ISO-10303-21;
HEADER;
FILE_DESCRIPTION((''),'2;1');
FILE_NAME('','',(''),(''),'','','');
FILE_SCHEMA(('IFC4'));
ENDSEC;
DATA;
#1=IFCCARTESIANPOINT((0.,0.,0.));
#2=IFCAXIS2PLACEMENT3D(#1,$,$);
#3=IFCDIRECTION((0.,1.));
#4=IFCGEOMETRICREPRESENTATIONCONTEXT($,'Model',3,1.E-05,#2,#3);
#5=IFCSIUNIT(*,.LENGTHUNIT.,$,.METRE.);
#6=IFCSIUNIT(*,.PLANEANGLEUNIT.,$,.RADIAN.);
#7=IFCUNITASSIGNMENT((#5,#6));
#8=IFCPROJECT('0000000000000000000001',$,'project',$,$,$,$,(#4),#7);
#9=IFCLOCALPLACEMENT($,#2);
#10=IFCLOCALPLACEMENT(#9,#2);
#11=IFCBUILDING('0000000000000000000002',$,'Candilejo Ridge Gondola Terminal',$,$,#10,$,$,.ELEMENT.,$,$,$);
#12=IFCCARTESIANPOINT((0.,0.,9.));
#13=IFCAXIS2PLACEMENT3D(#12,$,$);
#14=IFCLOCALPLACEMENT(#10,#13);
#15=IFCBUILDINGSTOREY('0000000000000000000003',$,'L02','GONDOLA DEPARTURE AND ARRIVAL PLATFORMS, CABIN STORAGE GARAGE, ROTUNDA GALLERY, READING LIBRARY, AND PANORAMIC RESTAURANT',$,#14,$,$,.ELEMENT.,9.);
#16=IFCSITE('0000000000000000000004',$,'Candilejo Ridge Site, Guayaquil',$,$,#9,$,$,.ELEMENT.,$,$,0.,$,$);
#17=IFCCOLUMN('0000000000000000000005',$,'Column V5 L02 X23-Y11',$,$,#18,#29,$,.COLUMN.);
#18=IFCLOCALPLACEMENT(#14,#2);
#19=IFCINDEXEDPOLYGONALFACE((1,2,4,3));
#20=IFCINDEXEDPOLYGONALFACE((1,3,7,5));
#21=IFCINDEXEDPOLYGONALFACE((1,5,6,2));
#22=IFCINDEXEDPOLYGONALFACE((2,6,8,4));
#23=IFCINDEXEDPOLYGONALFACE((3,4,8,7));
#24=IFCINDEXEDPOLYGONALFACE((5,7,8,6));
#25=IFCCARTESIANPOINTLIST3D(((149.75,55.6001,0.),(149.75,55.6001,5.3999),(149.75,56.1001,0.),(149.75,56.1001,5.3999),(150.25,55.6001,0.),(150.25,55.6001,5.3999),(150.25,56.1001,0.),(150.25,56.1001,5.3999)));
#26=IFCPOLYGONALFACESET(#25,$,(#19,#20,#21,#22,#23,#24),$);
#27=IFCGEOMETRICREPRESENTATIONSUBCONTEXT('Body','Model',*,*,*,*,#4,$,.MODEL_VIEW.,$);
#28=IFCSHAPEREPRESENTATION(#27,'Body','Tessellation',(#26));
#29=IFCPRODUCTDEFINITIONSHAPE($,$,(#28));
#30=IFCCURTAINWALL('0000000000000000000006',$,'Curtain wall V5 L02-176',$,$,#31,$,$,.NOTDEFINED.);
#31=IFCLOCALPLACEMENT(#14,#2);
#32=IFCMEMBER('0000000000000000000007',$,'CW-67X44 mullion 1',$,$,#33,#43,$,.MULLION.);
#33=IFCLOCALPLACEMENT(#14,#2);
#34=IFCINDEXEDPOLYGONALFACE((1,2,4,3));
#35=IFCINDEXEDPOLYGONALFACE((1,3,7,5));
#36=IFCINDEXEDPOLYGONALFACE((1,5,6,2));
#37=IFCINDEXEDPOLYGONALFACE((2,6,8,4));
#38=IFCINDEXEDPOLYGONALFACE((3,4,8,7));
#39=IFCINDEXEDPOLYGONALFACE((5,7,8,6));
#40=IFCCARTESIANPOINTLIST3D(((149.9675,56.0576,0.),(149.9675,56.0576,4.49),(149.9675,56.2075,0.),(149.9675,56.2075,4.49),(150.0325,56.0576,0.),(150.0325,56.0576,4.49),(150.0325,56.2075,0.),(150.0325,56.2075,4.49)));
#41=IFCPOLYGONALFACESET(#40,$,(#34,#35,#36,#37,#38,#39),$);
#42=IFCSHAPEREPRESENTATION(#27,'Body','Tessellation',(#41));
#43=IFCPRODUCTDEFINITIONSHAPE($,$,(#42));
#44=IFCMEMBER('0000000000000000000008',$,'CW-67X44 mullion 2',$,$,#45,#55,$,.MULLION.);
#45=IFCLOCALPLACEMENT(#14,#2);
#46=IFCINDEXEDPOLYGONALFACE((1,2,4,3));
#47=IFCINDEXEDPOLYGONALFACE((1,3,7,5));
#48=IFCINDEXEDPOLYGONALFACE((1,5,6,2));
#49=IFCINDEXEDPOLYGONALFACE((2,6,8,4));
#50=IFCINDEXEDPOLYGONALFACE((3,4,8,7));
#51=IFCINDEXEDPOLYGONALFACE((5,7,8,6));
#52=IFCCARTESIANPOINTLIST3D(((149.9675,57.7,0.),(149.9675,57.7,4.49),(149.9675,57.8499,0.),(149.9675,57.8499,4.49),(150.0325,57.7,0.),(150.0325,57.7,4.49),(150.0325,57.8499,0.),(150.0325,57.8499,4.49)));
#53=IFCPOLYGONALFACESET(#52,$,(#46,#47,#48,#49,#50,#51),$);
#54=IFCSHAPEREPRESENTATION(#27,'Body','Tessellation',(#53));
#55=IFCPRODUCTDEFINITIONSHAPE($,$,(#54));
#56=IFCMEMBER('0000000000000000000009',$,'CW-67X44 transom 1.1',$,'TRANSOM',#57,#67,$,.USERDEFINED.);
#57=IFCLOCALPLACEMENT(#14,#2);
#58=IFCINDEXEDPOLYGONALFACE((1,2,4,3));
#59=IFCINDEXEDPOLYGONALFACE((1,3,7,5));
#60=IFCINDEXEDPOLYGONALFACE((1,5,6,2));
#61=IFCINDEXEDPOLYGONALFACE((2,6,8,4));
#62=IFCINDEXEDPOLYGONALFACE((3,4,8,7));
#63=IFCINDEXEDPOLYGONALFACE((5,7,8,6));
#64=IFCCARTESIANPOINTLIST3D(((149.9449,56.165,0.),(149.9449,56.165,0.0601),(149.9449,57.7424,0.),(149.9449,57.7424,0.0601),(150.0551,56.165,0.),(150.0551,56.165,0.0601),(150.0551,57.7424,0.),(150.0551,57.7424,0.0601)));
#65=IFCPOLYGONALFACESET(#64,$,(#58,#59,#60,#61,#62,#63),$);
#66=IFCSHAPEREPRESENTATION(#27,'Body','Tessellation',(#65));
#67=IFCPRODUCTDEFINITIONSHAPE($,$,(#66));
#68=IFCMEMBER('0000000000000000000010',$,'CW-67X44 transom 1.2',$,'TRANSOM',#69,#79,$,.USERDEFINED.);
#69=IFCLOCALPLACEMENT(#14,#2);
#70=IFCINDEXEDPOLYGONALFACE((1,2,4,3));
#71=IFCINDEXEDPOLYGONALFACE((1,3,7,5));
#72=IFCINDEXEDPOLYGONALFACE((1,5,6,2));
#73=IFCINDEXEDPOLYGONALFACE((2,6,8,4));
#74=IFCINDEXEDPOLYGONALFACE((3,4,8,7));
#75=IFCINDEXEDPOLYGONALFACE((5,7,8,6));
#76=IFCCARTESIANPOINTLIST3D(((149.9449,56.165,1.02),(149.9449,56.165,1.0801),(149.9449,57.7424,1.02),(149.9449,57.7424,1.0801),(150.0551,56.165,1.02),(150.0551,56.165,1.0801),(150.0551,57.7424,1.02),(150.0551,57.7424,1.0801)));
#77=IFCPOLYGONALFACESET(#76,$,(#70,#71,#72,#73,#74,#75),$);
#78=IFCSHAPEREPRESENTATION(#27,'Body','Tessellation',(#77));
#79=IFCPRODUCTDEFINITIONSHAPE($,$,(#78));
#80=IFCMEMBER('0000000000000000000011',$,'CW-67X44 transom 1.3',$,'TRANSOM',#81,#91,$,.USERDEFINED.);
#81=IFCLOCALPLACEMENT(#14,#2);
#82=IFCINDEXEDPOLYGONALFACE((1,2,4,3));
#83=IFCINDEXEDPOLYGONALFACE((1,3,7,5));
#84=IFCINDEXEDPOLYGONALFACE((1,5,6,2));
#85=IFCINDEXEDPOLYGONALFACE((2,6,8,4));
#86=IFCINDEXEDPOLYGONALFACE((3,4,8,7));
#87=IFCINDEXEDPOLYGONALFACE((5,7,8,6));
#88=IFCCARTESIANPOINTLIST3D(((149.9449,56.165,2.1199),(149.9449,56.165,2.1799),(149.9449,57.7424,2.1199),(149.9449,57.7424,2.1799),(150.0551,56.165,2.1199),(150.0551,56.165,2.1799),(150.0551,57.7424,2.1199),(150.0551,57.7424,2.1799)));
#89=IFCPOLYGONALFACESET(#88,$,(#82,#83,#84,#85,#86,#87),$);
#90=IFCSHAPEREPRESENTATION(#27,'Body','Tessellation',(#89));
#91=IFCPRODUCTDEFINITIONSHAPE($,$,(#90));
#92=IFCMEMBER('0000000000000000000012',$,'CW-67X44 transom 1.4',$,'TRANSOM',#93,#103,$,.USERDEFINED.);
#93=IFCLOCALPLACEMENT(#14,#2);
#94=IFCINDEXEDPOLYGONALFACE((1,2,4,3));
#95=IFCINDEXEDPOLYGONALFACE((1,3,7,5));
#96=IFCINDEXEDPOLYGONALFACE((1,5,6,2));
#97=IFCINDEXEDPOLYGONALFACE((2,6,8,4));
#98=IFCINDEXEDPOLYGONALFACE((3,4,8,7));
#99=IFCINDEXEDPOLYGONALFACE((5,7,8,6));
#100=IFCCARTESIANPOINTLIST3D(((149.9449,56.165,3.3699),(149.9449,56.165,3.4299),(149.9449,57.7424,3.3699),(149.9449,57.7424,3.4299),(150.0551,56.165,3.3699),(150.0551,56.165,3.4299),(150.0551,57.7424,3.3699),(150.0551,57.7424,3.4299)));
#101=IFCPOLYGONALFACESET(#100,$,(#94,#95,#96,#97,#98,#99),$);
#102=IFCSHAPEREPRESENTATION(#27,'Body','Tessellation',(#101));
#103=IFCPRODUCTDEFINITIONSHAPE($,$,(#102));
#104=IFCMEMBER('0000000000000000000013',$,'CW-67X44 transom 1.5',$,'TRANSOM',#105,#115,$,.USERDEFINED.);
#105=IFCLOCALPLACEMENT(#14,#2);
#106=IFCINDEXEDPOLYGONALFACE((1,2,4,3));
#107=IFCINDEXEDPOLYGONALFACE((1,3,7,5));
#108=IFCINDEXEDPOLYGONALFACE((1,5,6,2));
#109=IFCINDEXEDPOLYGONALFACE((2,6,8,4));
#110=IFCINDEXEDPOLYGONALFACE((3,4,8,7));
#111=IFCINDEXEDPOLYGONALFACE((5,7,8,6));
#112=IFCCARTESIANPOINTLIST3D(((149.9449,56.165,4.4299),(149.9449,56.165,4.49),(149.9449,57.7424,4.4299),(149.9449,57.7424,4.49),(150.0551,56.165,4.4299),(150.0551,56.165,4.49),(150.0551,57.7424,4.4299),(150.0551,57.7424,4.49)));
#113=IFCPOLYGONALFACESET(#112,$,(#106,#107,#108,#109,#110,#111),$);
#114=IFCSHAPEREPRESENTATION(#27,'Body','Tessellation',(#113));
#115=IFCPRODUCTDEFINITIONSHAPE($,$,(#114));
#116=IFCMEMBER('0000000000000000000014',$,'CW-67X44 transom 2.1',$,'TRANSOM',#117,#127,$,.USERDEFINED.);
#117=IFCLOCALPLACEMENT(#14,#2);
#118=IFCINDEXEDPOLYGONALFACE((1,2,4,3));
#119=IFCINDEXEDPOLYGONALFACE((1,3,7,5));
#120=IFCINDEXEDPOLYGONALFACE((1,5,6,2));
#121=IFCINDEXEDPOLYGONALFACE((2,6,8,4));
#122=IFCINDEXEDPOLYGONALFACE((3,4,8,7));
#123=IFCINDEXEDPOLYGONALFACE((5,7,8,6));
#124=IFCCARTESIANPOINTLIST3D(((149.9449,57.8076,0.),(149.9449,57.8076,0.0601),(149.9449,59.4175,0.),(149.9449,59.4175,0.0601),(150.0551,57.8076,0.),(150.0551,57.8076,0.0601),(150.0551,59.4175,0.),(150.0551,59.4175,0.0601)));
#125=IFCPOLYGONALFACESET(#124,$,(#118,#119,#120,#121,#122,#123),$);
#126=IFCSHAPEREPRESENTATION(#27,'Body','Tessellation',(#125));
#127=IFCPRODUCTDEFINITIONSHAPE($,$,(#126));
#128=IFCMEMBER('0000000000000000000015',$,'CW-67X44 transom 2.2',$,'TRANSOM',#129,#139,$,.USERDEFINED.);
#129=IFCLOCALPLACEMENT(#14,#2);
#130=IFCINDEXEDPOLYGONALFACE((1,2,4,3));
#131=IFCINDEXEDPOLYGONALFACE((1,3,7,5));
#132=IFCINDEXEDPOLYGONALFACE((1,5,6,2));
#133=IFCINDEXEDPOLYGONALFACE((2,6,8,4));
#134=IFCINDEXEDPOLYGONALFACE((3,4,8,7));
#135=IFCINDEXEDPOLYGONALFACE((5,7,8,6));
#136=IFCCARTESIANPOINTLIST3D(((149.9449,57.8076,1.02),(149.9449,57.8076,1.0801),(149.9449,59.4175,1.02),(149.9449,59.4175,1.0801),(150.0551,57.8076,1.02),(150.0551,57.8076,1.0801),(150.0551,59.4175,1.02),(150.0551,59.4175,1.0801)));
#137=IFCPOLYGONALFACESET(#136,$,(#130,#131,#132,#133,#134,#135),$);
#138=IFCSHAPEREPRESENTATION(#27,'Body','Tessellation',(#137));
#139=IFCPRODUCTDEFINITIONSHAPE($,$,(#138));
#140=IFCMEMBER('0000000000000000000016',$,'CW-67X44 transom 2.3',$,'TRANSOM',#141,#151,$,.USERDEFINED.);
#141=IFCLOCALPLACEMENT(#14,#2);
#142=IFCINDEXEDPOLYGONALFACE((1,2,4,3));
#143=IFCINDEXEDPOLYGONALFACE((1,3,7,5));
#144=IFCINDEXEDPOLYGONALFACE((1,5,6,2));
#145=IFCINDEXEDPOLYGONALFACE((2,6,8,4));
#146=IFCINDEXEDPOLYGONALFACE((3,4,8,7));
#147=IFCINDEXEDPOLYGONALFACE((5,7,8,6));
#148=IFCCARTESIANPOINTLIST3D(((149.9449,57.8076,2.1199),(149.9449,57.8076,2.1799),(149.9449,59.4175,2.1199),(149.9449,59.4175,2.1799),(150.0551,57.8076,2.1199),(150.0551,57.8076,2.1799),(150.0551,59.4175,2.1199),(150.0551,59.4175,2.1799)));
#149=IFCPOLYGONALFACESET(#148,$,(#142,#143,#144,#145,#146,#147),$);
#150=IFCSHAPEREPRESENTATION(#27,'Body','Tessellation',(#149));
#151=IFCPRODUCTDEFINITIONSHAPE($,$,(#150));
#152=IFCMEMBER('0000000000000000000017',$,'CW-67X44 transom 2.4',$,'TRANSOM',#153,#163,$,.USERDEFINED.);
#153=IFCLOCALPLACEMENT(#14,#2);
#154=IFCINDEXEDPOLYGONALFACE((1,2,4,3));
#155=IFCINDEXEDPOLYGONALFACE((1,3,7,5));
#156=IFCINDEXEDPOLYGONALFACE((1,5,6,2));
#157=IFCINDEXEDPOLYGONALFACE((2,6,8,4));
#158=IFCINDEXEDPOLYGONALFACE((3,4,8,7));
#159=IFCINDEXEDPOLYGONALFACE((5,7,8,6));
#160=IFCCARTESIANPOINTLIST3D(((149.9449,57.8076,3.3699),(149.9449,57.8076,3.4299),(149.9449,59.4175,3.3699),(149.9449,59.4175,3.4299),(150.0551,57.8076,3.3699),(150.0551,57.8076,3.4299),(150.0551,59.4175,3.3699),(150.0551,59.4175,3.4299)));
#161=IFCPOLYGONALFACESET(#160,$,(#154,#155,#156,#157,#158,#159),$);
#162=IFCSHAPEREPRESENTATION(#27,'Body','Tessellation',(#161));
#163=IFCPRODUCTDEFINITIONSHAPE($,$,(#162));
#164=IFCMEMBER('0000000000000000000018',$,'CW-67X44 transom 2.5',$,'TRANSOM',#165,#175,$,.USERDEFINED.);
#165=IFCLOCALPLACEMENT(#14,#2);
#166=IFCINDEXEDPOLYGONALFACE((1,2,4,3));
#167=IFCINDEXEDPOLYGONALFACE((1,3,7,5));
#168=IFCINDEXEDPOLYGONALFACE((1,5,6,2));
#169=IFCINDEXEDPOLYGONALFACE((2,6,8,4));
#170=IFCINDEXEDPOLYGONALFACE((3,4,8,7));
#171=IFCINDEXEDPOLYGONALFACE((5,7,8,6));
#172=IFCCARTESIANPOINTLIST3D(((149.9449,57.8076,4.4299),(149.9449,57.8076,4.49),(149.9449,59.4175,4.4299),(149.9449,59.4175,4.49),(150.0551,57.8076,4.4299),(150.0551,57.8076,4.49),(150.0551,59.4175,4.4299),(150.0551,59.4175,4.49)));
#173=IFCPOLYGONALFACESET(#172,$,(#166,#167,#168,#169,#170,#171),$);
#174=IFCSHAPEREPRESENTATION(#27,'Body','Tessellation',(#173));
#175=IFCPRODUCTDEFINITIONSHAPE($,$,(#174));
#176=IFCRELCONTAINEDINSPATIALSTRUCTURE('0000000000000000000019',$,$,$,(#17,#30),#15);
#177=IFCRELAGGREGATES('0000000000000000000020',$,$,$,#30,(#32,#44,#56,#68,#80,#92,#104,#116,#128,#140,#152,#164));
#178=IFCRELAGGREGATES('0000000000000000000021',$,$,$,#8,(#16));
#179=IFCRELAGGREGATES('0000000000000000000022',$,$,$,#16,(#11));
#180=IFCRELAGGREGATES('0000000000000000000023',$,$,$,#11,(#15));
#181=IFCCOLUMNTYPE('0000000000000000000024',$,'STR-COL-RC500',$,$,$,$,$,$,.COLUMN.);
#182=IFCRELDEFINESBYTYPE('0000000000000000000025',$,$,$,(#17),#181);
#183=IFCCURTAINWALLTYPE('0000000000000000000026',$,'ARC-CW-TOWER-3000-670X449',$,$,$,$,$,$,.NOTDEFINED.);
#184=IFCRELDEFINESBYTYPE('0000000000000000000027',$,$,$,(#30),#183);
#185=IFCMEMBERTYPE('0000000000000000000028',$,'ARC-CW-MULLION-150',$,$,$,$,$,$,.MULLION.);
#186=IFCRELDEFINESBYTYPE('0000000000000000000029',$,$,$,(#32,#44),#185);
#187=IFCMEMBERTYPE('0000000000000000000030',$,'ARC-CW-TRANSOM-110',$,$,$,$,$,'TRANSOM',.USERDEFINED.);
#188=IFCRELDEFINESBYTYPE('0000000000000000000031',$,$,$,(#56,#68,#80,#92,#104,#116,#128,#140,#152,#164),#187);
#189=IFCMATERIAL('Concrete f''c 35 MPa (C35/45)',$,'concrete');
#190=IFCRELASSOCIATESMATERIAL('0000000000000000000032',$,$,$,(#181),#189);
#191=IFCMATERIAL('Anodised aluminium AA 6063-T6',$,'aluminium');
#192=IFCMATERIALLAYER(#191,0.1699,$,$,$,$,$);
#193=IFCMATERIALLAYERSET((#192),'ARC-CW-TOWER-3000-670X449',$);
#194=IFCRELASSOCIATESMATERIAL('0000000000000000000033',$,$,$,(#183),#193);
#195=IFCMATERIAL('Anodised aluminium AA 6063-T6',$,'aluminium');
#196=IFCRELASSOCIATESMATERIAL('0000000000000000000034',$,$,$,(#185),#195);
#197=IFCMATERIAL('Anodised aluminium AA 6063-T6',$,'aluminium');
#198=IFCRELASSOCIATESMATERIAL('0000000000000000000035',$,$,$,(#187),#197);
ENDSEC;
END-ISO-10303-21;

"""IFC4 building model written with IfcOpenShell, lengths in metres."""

from ifc_helpers import new_model, si_unit, direction, frame, origin, origin_2d, place, context, subcontext, project, spatial, rectangle, extrude, material, layer, layer_set, material_profile, profile_set, type_object, element, aggregate, save


model = new_model("IFC4")

# Units and contexts
model_context = context("Model", 3, precision=1e-05, world=origin(), true_north=direction((0.0, 1.0)))
body_context = subcontext(model_context, "Body", "Model", "MODEL_VIEW")
ifc_project = project(units=[si_unit("LENGTHUNIT", "METRE"), si_unit("PLANEANGLEUNIT", "RADIAN")], contexts=[model_context])

# Site, building, storey
site_placement = place(None, origin())
site = spatial("IfcSite", under=ifc_project, at=site_placement, Name="Candilejo Ridge Site, Guayaquil", CompositionType="ELEMENT", RefElevation=0.0)
building_placement = place(site_placement, origin())
building = spatial("IfcBuilding", under=site, at=building_placement, Name="Candilejo Ridge Gondola Terminal", CompositionType="ELEMENT")
storey_placement = place(building_placement, frame((0.0, 0.0, 9.0)))
storey = spatial("IfcBuildingStorey", under=building, at=storey_placement, Name="L02", Description="GONDOLA DEPARTURE AND ARRIVAL PLATFORMS, CABIN STORAGE GARAGE, ROTUNDA GALLERY, READING LIBRARY, AND PANORAMIC RESTAURANT", CompositionType="ELEMENT", Elevation=9.0)

# Column
ifc_material_1 = material(Name="Concrete f'c 35 MPa (C35/45)", Category="concrete")
ifc_material_profile_1 = material_profile(ifc_material_1, rectangle(XDim=0.5, YDim=0.5, at=origin_2d()))
ifc_profile_set_1 = profile_set([ifc_material_profile_1], Name="Concrete f'c 35 MPa (C35/45)")
column_type = type_object("IfcColumnType", Name="STR-COL-RC500", PredefinedType="COLUMN", material=ifc_profile_set_1)
column_placement = place(storey_placement, frame((150.0, 55.8501, 0.0), z_axis=(0.0, 0.0, 1.0), x_axis=(1.0, 0.0, 0.0)))
element("IfcColumn", 1, at=column_placement, inside=storey, type_object=column_type, Name="Column V5 L02 X23-Y11", PredefinedType="COLUMN", context=body_context, shape_type="SweptSolid", body=[
    extrude(rectangle(XDim=0.5, YDim=0.5, at=origin_2d()), origin(), (0.0, 0.0, 1.0), 5.3999),
])

# Curtain wall, members
ifc_material_2 = material(Name="Anodised aluminium AA 6063-T6", Category="aluminium")
ifc_layer_1 = layer(ifc_material_2, 0.1699)
ifc_layer_set_1 = layer_set([ifc_layer_1], Name="ARC-CW-TOWER-3000-670X449")
curtain_wall_type = type_object("IfcCurtainWallType", Name="ARC-CW-TOWER-3000-670X449", PredefinedType="NOTDEFINED", material=ifc_layer_set_1)
curtain_wall_placement = place(storey_placement, origin())
curtain_wall = element("IfcCurtainWall", 2, at=curtain_wall_placement, inside=storey, type_object=curtain_wall_type, Name="Curtain wall V5 L02-176", PredefinedType="NOTDEFINED")
ifc_material_3 = material(Name="Anodised aluminium AA 6063-T6", Category="aluminium")
ifc_material_profile_2 = material_profile(ifc_material_3, rectangle(XDim=0.0649, YDim=0.1499, at=origin_2d()))
ifc_profile_set_2 = profile_set([ifc_material_profile_2], Name="Anodised aluminium AA 6063-T6")
member_type_1 = type_object("IfcMemberType", Name="ARC-CW-MULLION-150", PredefinedType="MULLION", material=ifc_profile_set_2)
member_1_placement = place(storey_placement, frame((150.0, 56.1326, 0.0), z_axis=(0.0, 0.0, 1.0), x_axis=(-1.0, 0.0, 0.0)))
member_1 = element("IfcMember", 3, at=member_1_placement, type_object=member_type_1, Name="CW-67X44 mullion 1", PredefinedType="MULLION", context=body_context, shape_type="SweptSolid", body=[
    extrude(rectangle(XDim=0.0649, YDim=0.1499, at=origin_2d()), origin(), (0.0, 0.0, 1.0), 4.49),
])
member_2_placement = place(storey_placement, frame((150.0, 57.7749, 0.0), z_axis=(0.0, 0.0, 1.0), x_axis=(-1.0, 0.0, 0.0)))
member_2 = element("IfcMember", 4, at=member_2_placement, type_object=member_type_1, Name="CW-67X44 mullion 2", PredefinedType="MULLION", context=body_context, shape_type="SweptSolid", body=[
    extrude(rectangle(XDim=0.0649, YDim=0.1499, at=origin_2d()), origin(), (0.0, 0.0, 1.0), 4.49),
])
ifc_material_4 = material(Name="Anodised aluminium AA 6063-T6", Category="aluminium")
ifc_material_profile_3 = material_profile(ifc_material_4, rectangle(XDim=0.1101, YDim=0.0601, at=origin_2d()))
ifc_profile_set_3 = profile_set([ifc_material_profile_3], Name="Anodised aluminium AA 6063-T6")
member_type_2 = type_object("IfcMemberType", Name="ARC-CW-TRANSOM-110", ElementType="TRANSOM", PredefinedType="USERDEFINED", material=ifc_profile_set_3)
member_3_placement = place(storey_placement, frame((150.0, 56.165, 0.03), z_axis=(0.0, 1.0, 0.0), x_axis=(-1.0, 0.0, 0.0)))
member_3 = element("IfcMember", 5, at=member_3_placement, type_object=member_type_2, Name="CW-67X44 transom 1.1", ObjectType="TRANSOM", PredefinedType="USERDEFINED", context=body_context, shape_type="SweptSolid", body=[
    extrude(rectangle(XDim=0.1101, YDim=0.0601, at=origin_2d()), origin(), (0.0, 0.0, 1.0), 1.5774),
])
member_4_placement = place(storey_placement, frame((150.0, 56.165, 1.05), z_axis=(0.0, 1.0, 0.0), x_axis=(-1.0, 0.0, 0.0)))
member_4 = element("IfcMember", 6, at=member_4_placement, type_object=member_type_2, Name="CW-67X44 transom 1.2", ObjectType="TRANSOM", PredefinedType="USERDEFINED", context=body_context, shape_type="SweptSolid", body=[
    extrude(rectangle(XDim=0.1101, YDim=0.0601, at=origin_2d()), origin(), (0.0, 0.0, 1.0), 1.5774),
])
member_5_placement = place(storey_placement, frame((150.0, 56.165, 2.1499), z_axis=(0.0, 1.0, 0.0), x_axis=(-1.0, 0.0, 0.0)))
member_5 = element("IfcMember", 7, at=member_5_placement, type_object=member_type_2, Name="CW-67X44 transom 1.3", ObjectType="TRANSOM", PredefinedType="USERDEFINED", context=body_context, shape_type="SweptSolid", body=[
    extrude(rectangle(XDim=0.1101, YDim=0.0601, at=origin_2d()), origin(), (0.0, 0.0, 1.0), 1.5774),
])
member_6_placement = place(storey_placement, frame((150.0, 56.165, 3.3999), z_axis=(0.0, 1.0, 0.0), x_axis=(-1.0, 0.0, 0.0)))
member_6 = element("IfcMember", 8, at=member_6_placement, type_object=member_type_2, Name="CW-67X44 transom 1.4", ObjectType="TRANSOM", PredefinedType="USERDEFINED", context=body_context, shape_type="SweptSolid", body=[
    extrude(rectangle(XDim=0.1101, YDim=0.0601, at=origin_2d()), origin(), (0.0, 0.0, 1.0), 1.5774),
])
member_7_placement = place(storey_placement, frame((150.0, 56.165, 4.46), z_axis=(0.0, 1.0, 0.0), x_axis=(-1.0, 0.0, 0.0)))
member_7 = element("IfcMember", 9, at=member_7_placement, type_object=member_type_2, Name="CW-67X44 transom 1.5", ObjectType="TRANSOM", PredefinedType="USERDEFINED", context=body_context, shape_type="SweptSolid", body=[
    extrude(rectangle(XDim=0.1101, YDim=0.0601, at=origin_2d()), origin(), (0.0, 0.0, 1.0), 1.5774),
])
member_8_placement = place(storey_placement, frame((150.0, 57.8076, 0.03), z_axis=(0.0, 1.0, 0.0), x_axis=(-1.0, 0.0, 0.0)))
member_8 = element("IfcMember", 10, at=member_8_placement, type_object=member_type_2, Name="CW-67X44 transom 2.1", ObjectType="TRANSOM", PredefinedType="USERDEFINED", context=body_context, shape_type="SweptSolid", body=[
    extrude(rectangle(XDim=0.1101, YDim=0.0601, at=origin_2d()), origin(), (0.0, 0.0, 1.0), 1.6099),
])
member_9_placement = place(storey_placement, frame((150.0, 57.8076, 1.05), z_axis=(0.0, 1.0, 0.0), x_axis=(-1.0, 0.0, 0.0)))
member_9 = element("IfcMember", 11, at=member_9_placement, type_object=member_type_2, Name="CW-67X44 transom 2.2", ObjectType="TRANSOM", PredefinedType="USERDEFINED", context=body_context, shape_type="SweptSolid", body=[
    extrude(rectangle(XDim=0.1101, YDim=0.0601, at=origin_2d()), origin(), (0.0, 0.0, 1.0), 1.6099),
])
member_10_placement = place(storey_placement, frame((150.0, 57.8076, 2.1499), z_axis=(0.0, 1.0, 0.0), x_axis=(-1.0, 0.0, 0.0)))
member_10 = element("IfcMember", 12, at=member_10_placement, type_object=member_type_2, Name="CW-67X44 transom 2.3", ObjectType="TRANSOM", PredefinedType="USERDEFINED", context=body_context, shape_type="SweptSolid", body=[
    extrude(rectangle(XDim=0.1101, YDim=0.0601, at=origin_2d()), origin(), (0.0, 0.0, 1.0), 1.6099),
])
member_11_placement = place(storey_placement, frame((150.0, 57.8076, 3.3999), z_axis=(0.0, 1.0, 0.0), x_axis=(-1.0, 0.0, 0.0)))
member_11 = element("IfcMember", 13, at=member_11_placement, type_object=member_type_2, Name="CW-67X44 transom 2.4", ObjectType="TRANSOM", PredefinedType="USERDEFINED", context=body_context, shape_type="SweptSolid", body=[
    extrude(rectangle(XDim=0.1101, YDim=0.0601, at=origin_2d()), origin(), (0.0, 0.0, 1.0), 1.6099),
])
member_12_placement = place(storey_placement, frame((150.0, 57.8076, 4.46), z_axis=(0.0, 1.0, 0.0), x_axis=(-1.0, 0.0, 0.0)))
member_12 = element("IfcMember", 14, at=member_12_placement, type_object=member_type_2, Name="CW-67X44 transom 2.5", ObjectType="TRANSOM", PredefinedType="USERDEFINED", context=body_context, shape_type="SweptSolid", body=[
    extrude(rectangle(XDim=0.1101, YDim=0.0601, at=origin_2d()), origin(), (0.0, 0.0, 1.0), 1.6099),
])

aggregate(curtain_wall, [member_1, member_2, member_3, member_4, member_5, member_6, member_7, member_8, member_9, member_10, member_11, member_12])

save(model, "model.ifc")
